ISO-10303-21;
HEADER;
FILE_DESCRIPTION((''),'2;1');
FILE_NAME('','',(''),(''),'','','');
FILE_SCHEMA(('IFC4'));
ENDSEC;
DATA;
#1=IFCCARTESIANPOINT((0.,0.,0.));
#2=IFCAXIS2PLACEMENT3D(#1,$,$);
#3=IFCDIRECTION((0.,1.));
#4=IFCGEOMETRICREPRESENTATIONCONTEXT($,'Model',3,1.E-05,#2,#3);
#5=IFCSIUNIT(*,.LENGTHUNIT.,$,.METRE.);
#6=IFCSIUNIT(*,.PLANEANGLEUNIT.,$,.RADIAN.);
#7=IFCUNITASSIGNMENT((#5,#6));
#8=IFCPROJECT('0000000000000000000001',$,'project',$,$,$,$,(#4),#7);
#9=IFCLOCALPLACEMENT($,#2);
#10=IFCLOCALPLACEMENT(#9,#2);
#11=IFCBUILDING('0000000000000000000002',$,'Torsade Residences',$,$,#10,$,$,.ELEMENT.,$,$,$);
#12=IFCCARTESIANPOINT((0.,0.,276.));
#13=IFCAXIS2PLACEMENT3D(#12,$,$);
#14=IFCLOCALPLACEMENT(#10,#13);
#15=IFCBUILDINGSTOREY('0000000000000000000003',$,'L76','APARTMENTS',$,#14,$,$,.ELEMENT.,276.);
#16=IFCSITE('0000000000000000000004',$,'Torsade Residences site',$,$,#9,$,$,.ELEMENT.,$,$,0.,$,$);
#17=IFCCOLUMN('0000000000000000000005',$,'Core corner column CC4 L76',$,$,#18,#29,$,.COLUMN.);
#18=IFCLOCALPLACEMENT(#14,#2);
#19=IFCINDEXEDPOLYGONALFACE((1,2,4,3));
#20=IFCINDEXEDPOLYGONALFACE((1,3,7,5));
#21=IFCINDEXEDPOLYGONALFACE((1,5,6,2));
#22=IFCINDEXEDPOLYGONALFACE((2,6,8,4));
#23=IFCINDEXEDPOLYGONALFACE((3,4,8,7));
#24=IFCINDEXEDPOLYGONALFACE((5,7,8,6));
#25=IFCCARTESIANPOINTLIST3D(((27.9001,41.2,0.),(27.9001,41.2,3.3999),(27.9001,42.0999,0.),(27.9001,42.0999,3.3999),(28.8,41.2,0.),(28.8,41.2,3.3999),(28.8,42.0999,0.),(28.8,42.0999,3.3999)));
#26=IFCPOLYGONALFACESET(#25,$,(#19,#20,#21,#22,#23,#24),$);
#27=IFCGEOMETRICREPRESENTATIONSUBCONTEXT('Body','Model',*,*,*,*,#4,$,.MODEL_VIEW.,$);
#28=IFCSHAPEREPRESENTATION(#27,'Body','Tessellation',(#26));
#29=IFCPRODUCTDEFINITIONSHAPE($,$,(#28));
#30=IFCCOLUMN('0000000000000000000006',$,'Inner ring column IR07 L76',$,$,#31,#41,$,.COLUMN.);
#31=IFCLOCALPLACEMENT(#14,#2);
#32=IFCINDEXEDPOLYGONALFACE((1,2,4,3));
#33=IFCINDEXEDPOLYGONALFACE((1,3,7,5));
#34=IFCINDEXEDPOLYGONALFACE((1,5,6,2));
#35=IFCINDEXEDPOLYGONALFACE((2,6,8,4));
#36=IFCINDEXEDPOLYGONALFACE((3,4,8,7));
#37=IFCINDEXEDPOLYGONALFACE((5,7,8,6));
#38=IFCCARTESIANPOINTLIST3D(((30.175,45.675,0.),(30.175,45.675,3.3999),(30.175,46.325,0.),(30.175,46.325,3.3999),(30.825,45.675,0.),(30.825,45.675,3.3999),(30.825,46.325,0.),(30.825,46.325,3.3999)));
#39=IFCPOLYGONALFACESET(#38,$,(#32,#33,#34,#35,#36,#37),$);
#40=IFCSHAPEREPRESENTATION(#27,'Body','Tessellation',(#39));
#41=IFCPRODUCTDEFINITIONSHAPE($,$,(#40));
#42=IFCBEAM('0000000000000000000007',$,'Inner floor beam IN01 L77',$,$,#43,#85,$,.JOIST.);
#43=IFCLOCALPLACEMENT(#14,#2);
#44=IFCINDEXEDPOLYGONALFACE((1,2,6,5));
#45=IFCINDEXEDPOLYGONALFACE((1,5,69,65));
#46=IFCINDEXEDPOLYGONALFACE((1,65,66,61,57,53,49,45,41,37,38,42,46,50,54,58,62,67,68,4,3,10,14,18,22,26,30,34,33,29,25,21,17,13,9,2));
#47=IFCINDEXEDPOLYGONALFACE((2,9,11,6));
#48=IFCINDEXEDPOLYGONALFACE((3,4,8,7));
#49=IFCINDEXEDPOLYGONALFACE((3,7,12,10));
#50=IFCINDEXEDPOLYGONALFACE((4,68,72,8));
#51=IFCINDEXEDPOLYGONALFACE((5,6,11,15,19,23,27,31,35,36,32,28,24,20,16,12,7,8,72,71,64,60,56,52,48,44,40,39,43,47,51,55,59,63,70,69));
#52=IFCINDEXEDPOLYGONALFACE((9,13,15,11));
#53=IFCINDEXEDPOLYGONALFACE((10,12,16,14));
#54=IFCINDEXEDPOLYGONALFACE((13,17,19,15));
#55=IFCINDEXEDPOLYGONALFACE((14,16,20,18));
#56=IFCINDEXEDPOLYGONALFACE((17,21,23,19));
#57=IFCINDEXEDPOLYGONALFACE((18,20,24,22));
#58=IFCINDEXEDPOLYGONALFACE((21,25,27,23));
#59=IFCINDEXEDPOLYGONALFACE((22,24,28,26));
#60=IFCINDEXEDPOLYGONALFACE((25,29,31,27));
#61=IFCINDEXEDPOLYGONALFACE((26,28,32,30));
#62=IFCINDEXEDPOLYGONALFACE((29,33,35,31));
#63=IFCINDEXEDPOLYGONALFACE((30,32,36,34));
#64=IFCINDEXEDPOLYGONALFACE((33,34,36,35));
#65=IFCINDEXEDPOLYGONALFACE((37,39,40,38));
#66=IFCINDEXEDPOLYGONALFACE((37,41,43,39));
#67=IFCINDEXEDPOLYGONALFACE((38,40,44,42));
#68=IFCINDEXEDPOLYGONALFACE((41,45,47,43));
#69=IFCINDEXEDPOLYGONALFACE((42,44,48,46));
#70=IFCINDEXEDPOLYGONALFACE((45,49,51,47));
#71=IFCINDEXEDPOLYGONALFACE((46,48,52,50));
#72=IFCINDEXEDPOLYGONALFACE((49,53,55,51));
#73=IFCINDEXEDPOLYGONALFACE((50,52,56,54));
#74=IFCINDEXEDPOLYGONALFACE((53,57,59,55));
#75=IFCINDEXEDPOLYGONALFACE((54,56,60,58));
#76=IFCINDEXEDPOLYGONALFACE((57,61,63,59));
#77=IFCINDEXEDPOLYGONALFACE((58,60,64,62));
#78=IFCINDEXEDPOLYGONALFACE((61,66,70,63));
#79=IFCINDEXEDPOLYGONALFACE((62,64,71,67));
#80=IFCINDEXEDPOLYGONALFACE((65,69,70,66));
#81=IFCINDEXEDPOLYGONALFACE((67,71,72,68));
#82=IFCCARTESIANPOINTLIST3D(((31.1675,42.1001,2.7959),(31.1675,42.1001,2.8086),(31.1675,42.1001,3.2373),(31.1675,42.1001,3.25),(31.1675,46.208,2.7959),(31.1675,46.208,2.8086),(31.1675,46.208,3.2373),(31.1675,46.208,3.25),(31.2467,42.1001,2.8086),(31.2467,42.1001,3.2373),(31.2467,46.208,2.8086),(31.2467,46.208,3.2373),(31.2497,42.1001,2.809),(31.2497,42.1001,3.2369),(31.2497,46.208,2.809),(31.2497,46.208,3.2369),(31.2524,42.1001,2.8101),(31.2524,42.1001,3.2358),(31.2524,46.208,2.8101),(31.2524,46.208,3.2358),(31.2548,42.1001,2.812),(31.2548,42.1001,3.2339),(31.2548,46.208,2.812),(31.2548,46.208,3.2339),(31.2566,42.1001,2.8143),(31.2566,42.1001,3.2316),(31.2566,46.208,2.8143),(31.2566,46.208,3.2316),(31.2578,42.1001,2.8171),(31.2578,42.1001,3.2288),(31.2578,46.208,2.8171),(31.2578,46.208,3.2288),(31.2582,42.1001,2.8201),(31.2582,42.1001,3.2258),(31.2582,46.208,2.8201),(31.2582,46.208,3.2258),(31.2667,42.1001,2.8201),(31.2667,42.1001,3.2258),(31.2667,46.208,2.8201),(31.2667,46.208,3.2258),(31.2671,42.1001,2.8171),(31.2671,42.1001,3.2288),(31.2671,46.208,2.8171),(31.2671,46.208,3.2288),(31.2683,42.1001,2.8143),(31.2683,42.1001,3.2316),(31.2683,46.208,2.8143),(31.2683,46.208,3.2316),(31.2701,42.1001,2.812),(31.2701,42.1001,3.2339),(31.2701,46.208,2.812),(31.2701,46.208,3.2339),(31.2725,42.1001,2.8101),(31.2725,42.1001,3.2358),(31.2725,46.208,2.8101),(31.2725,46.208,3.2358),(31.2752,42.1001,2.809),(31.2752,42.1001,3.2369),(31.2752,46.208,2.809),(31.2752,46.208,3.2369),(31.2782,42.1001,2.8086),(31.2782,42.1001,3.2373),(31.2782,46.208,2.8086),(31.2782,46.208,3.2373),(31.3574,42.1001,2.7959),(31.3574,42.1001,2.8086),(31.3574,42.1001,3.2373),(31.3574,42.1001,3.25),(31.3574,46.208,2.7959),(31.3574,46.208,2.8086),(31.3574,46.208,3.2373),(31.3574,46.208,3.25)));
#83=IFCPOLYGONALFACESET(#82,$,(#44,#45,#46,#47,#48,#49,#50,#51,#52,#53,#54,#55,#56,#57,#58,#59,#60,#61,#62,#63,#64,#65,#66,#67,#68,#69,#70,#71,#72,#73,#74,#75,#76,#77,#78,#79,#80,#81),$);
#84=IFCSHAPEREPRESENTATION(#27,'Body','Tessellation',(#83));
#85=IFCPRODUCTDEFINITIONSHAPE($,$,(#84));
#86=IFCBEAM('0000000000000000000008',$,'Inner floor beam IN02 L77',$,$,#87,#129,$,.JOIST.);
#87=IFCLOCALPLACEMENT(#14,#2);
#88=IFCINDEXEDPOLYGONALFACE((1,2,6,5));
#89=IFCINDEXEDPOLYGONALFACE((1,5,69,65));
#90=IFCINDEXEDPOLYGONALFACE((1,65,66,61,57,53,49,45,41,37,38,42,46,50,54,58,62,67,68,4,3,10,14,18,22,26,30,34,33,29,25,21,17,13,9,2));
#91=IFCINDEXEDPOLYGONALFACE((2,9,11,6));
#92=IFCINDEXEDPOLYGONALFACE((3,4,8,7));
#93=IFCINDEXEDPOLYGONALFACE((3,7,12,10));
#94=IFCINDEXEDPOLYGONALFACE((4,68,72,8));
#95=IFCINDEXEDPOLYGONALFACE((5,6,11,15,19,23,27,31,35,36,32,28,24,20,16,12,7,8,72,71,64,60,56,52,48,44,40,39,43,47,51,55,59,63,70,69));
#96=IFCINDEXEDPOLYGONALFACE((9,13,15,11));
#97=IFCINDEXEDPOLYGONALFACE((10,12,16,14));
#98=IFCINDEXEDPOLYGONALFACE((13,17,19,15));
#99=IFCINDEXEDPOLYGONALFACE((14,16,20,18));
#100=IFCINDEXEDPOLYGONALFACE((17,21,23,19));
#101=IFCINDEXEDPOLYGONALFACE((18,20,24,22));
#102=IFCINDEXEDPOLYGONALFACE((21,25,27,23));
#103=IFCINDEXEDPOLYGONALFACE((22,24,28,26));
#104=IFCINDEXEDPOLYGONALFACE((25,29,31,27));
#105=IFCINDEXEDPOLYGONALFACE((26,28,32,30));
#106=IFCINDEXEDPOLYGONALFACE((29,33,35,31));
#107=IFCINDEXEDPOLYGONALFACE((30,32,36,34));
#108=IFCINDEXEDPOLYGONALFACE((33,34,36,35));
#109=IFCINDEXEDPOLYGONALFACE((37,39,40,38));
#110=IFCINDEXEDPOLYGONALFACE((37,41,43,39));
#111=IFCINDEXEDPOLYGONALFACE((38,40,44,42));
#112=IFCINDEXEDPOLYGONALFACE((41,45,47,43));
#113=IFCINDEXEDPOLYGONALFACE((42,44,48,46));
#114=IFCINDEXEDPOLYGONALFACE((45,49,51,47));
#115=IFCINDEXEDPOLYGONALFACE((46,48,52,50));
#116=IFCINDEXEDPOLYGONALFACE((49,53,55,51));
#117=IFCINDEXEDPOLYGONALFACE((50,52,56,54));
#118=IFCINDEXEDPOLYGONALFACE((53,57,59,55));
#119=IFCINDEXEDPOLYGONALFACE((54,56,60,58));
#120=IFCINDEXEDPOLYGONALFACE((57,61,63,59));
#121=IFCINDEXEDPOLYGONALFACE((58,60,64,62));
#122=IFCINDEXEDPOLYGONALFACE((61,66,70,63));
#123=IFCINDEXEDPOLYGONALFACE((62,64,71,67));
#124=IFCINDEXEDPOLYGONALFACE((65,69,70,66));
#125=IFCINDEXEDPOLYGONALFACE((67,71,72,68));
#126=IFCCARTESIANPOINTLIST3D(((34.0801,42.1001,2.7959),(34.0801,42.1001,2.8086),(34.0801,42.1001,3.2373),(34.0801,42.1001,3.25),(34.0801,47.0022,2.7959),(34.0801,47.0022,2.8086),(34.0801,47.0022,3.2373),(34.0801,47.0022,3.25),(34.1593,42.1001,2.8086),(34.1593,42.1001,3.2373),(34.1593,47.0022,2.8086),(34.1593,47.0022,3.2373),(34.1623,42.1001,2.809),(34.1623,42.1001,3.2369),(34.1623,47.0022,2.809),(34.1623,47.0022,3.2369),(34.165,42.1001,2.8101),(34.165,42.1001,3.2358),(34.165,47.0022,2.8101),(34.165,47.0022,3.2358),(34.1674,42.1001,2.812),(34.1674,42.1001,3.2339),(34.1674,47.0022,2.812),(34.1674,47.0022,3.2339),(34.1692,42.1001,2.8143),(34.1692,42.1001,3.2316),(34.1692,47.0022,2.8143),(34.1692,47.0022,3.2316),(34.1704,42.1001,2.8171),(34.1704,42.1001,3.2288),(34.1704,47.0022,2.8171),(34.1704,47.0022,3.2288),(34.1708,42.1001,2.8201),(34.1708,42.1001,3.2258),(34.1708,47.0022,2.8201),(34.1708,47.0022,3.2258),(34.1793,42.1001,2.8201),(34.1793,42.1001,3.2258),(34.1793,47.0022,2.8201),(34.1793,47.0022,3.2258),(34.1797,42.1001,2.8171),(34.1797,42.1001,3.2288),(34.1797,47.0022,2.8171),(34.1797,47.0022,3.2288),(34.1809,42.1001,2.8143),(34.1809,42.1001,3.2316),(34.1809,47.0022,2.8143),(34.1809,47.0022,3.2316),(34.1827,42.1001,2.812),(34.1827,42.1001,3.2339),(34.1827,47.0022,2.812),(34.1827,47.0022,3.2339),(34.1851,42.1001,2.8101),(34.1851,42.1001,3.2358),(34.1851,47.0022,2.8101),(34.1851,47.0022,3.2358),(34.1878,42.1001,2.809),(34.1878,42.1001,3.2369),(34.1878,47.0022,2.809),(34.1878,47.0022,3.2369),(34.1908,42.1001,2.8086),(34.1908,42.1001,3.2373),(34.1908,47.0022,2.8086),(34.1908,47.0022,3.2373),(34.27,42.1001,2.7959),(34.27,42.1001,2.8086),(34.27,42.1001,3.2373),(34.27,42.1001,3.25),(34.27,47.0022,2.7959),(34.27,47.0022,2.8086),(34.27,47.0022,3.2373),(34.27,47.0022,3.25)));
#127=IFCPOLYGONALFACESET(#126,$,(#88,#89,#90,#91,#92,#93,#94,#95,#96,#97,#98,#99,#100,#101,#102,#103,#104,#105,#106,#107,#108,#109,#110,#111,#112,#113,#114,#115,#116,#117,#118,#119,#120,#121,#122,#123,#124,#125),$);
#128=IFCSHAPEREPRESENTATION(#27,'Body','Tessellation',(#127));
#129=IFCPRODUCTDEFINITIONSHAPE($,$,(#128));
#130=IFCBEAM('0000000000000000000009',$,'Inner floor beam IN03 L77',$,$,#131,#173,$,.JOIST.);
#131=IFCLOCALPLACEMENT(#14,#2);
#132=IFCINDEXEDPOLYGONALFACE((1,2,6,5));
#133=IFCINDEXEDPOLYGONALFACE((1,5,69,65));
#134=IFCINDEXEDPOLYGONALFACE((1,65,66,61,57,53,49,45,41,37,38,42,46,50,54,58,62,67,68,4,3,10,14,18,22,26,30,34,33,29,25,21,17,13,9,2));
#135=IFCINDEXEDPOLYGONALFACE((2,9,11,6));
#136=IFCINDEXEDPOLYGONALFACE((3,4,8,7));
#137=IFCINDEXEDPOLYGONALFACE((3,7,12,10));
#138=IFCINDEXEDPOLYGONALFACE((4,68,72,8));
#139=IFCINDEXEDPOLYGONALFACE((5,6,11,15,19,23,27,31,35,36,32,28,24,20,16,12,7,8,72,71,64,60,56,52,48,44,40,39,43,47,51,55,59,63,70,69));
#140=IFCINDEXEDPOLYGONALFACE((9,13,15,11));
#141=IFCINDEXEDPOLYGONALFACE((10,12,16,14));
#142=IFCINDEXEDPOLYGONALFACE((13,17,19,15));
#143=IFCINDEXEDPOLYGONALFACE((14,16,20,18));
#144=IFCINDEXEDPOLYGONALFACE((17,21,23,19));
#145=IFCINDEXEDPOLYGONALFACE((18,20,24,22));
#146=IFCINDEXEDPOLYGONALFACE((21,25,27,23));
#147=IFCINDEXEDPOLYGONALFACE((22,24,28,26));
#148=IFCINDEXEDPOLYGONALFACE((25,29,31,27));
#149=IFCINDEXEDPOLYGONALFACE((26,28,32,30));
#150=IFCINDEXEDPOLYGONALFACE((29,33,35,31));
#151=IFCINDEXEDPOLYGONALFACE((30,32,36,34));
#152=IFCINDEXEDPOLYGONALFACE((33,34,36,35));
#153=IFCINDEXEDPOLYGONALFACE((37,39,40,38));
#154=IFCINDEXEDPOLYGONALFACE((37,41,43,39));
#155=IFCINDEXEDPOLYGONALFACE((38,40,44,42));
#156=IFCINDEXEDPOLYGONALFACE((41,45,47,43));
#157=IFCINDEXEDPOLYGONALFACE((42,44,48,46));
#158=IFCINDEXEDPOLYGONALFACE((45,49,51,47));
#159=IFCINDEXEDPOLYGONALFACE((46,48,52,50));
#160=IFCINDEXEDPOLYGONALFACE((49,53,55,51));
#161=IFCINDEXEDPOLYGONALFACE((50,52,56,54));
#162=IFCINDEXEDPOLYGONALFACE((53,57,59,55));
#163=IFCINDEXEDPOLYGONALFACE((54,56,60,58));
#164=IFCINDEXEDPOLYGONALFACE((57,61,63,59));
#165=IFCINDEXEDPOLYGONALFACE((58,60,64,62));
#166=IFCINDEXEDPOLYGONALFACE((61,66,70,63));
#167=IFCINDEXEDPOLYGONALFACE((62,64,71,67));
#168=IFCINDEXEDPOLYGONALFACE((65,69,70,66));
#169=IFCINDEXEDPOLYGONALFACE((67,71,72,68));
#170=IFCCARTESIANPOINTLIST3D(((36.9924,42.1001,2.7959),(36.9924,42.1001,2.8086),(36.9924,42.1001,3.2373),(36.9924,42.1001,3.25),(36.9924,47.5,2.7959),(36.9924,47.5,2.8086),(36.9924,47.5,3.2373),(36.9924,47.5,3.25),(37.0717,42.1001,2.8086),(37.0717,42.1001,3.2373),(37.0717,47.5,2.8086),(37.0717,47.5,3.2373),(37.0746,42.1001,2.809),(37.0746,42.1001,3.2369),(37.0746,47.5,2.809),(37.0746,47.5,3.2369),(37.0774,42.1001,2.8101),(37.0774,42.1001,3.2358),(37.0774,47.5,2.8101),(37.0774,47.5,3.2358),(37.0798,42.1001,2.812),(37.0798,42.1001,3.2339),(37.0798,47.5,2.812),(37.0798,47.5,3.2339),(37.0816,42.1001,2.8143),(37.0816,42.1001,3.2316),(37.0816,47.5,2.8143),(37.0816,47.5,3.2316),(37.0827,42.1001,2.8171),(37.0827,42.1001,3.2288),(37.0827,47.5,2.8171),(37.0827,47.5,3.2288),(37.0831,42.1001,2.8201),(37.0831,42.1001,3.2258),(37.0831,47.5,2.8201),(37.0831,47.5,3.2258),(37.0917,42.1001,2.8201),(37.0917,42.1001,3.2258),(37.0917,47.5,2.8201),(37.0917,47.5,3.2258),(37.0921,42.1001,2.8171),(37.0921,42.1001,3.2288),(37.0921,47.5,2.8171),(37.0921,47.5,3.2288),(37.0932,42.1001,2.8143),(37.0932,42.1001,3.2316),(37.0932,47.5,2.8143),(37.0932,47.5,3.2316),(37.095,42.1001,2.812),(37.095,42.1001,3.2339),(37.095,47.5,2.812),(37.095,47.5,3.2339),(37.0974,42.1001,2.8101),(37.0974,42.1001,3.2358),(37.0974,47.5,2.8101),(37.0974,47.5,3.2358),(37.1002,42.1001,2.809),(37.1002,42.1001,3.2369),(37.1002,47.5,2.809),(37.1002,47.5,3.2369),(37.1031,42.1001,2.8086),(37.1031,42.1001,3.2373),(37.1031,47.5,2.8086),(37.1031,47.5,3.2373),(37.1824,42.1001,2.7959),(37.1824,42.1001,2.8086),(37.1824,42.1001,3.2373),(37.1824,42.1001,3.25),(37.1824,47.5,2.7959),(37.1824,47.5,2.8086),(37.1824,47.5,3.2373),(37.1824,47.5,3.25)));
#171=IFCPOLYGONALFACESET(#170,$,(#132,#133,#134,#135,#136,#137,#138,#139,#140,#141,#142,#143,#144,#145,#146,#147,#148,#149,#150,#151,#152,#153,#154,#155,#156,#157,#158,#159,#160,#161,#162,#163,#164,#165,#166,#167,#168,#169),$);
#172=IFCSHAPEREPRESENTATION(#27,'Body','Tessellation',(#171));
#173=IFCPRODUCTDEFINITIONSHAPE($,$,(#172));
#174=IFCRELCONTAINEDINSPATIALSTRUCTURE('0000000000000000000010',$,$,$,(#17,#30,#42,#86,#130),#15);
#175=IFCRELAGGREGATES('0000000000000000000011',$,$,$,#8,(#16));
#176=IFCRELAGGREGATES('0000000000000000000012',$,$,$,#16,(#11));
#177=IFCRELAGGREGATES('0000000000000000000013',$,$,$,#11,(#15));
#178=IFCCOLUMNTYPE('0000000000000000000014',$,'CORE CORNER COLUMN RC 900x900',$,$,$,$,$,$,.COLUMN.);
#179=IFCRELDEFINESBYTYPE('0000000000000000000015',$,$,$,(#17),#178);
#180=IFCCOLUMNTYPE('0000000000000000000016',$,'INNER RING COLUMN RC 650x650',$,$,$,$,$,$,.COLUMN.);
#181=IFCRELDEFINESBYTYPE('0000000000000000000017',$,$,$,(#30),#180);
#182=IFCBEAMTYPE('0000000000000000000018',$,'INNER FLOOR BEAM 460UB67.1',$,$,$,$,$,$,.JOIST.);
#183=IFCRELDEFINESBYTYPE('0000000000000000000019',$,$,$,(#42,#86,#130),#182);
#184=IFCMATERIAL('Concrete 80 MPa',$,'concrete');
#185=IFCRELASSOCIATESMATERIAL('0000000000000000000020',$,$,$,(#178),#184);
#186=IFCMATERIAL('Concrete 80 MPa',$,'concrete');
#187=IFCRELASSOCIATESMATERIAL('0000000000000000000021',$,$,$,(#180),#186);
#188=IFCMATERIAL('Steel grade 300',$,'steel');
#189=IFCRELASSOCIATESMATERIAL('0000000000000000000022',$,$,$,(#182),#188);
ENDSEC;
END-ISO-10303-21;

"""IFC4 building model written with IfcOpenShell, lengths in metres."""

from ifc_helpers import new_model, si_unit, direction, frame, origin, origin_2d, place, context, subcontext, project, spatial, rectangle, i_section, extrude, material, material_profile, profile_set, type_object, element, save


model = new_model("IFC4")

# Units and contexts
model_context = context("Model", 3, precision=1e-05, world=origin(), true_north=direction((0.0, 1.0)))
body_context = subcontext(model_context, "Body", "Model", "MODEL_VIEW")
ifc_project = project(units=[si_unit("LENGTHUNIT", "METRE"), si_unit("PLANEANGLEUNIT", "RADIAN")], contexts=[model_context])

# Site, building, storey
site_placement = place(None, origin())
site = spatial("IfcSite", under=ifc_project, at=site_placement, Name="Torsade Residences site", CompositionType="ELEMENT", RefElevation=0.0)
building_placement = place(site_placement, origin())
building = spatial("IfcBuilding", under=site, at=building_placement, Name="Torsade Residences", CompositionType="ELEMENT")
storey_placement = place(building_placement, frame((0.0, 0.0, 276.0)))
storey = spatial("IfcBuildingStorey", under=building, at=storey_placement, Name="L76", Description="APARTMENTS", CompositionType="ELEMENT", Elevation=276.0)

# Columns
ifc_material_1 = material(Name="Concrete 80 MPa", Category="concrete")
ifc_material_profile_1 = material_profile(ifc_material_1, rectangle(XDim=0.8999, YDim=0.8999, at=origin_2d()), Name="RC 900x900")
ifc_profile_set_1 = profile_set([ifc_material_profile_1], Name="Concrete 80 MPa")
column_type_1 = type_object("IfcColumnType", Name="CORE CORNER COLUMN RC 900x900", PredefinedType="COLUMN", material=ifc_profile_set_1)
column_1_placement = place(storey_placement, frame((28.3501, 41.6499, 0.0), z_axis=(0.0, 0.0, 1.0), x_axis=(1.0, 0.0, 0.0)))
element("IfcColumn", 1, at=column_1_placement, inside=storey, type_object=column_type_1, Name="Core corner column CC4 L76", PredefinedType="COLUMN", context=body_context, shape_type="SweptSolid", body=[
    extrude(rectangle(XDim=0.8999, YDim=0.8999, at=origin_2d()), origin(), (0.0, 0.0, 1.0), 3.3999),
])
ifc_material_2 = material(Name="Concrete 80 MPa", Category="concrete")
ifc_material_profile_2 = material_profile(ifc_material_2, rectangle(XDim=0.6499, YDim=0.6499, at=origin_2d()), Name="RC 650x650")
ifc_profile_set_2 = profile_set([ifc_material_profile_2], Name="Concrete 80 MPa")
column_type_2 = type_object("IfcColumnType", Name="INNER RING COLUMN RC 650x650", PredefinedType="COLUMN", material=ifc_profile_set_2)
column_2_placement = place(storey_placement, frame((30.5, 46.0, 0.0), z_axis=(0.0, 0.0, 1.0), x_axis=(1.0, 0.0, 0.0)))
element("IfcColumn", 2, at=column_2_placement, inside=storey, type_object=column_type_2, Name="Inner ring column IR07 L76", PredefinedType="COLUMN", context=body_context, shape_type="SweptSolid", body=[
    extrude(rectangle(XDim=0.6499, YDim=0.6499, at=origin_2d()), origin(), (0.0, 0.0, 1.0), 3.3999),
])

# Beams
ifc_material_3 = material(Name="Steel grade 300", Category="steel")
ifc_material_profile_3 = material_profile(ifc_material_3, i_section(OverallWidth=0.1899, OverallDepth=0.4541, WebThickness=0.0085, FlangeThickness=0.0127, FilletRadius=0.0115, at=origin_2d()), Name="460UB67.1")
ifc_profile_set_3 = profile_set([ifc_material_profile_3], Name="Steel grade 300")
beam_type_1 = type_object("IfcBeamType", Name="INNER FLOOR BEAM 460UB67.1", PredefinedType="JOIST", material=ifc_profile_set_3)
beam_1_placement = place(storey_placement, frame((31.2625, 42.1001, 3.0229), z_axis=(0.0, 1.0, 0.0), x_axis=(-1.0, 0.0, 0.0)))
element("IfcBeam", 3, at=beam_1_placement, inside=storey, type_object=beam_type_1, Name="Inner floor beam IN01 L77", PredefinedType="JOIST", context=body_context, shape_type="SweptSolid", body=[
    extrude(i_section(OverallWidth=0.1899, OverallDepth=0.4541, WebThickness=0.0085, FlangeThickness=0.0127, FilletRadius=0.0115, at=origin_2d()), origin(), (0.0, 0.0, 1.0), 4.1079),
])
beam_2_placement = place(storey_placement, frame((34.175, 42.1001, 3.0229), z_axis=(0.0, 1.0, 0.0), x_axis=(-1.0, 0.0, 0.0)))
element("IfcBeam", 4, at=beam_2_placement, inside=storey, type_object=beam_type_1, Name="Inner floor beam IN02 L77", PredefinedType="JOIST", context=body_context, shape_type="SweptSolid", body=[
    extrude(i_section(OverallWidth=0.1899, OverallDepth=0.4541, WebThickness=0.0085, FlangeThickness=0.0127, FilletRadius=0.0115, at=origin_2d()), origin(), (0.0, 0.0, 1.0), 4.9021),
])
beam_3_placement = place(storey_placement, frame((37.0874, 42.1001, 3.0229), z_axis=(0.0, 1.0, 0.0), x_axis=(-1.0, 0.0, 0.0)))
element("IfcBeam", 5, at=beam_3_placement, inside=storey, type_object=beam_type_1, Name="Inner floor beam IN03 L77", PredefinedType="JOIST", context=body_context, shape_type="SweptSolid", body=[
    extrude(i_section(OverallWidth=0.1899, OverallDepth=0.4541, WebThickness=0.0085, FlangeThickness=0.0127, FilletRadius=0.0115, at=origin_2d()), origin(), (0.0, 0.0, 1.0), 5.3999),
])

save(model, "model.ifc")
